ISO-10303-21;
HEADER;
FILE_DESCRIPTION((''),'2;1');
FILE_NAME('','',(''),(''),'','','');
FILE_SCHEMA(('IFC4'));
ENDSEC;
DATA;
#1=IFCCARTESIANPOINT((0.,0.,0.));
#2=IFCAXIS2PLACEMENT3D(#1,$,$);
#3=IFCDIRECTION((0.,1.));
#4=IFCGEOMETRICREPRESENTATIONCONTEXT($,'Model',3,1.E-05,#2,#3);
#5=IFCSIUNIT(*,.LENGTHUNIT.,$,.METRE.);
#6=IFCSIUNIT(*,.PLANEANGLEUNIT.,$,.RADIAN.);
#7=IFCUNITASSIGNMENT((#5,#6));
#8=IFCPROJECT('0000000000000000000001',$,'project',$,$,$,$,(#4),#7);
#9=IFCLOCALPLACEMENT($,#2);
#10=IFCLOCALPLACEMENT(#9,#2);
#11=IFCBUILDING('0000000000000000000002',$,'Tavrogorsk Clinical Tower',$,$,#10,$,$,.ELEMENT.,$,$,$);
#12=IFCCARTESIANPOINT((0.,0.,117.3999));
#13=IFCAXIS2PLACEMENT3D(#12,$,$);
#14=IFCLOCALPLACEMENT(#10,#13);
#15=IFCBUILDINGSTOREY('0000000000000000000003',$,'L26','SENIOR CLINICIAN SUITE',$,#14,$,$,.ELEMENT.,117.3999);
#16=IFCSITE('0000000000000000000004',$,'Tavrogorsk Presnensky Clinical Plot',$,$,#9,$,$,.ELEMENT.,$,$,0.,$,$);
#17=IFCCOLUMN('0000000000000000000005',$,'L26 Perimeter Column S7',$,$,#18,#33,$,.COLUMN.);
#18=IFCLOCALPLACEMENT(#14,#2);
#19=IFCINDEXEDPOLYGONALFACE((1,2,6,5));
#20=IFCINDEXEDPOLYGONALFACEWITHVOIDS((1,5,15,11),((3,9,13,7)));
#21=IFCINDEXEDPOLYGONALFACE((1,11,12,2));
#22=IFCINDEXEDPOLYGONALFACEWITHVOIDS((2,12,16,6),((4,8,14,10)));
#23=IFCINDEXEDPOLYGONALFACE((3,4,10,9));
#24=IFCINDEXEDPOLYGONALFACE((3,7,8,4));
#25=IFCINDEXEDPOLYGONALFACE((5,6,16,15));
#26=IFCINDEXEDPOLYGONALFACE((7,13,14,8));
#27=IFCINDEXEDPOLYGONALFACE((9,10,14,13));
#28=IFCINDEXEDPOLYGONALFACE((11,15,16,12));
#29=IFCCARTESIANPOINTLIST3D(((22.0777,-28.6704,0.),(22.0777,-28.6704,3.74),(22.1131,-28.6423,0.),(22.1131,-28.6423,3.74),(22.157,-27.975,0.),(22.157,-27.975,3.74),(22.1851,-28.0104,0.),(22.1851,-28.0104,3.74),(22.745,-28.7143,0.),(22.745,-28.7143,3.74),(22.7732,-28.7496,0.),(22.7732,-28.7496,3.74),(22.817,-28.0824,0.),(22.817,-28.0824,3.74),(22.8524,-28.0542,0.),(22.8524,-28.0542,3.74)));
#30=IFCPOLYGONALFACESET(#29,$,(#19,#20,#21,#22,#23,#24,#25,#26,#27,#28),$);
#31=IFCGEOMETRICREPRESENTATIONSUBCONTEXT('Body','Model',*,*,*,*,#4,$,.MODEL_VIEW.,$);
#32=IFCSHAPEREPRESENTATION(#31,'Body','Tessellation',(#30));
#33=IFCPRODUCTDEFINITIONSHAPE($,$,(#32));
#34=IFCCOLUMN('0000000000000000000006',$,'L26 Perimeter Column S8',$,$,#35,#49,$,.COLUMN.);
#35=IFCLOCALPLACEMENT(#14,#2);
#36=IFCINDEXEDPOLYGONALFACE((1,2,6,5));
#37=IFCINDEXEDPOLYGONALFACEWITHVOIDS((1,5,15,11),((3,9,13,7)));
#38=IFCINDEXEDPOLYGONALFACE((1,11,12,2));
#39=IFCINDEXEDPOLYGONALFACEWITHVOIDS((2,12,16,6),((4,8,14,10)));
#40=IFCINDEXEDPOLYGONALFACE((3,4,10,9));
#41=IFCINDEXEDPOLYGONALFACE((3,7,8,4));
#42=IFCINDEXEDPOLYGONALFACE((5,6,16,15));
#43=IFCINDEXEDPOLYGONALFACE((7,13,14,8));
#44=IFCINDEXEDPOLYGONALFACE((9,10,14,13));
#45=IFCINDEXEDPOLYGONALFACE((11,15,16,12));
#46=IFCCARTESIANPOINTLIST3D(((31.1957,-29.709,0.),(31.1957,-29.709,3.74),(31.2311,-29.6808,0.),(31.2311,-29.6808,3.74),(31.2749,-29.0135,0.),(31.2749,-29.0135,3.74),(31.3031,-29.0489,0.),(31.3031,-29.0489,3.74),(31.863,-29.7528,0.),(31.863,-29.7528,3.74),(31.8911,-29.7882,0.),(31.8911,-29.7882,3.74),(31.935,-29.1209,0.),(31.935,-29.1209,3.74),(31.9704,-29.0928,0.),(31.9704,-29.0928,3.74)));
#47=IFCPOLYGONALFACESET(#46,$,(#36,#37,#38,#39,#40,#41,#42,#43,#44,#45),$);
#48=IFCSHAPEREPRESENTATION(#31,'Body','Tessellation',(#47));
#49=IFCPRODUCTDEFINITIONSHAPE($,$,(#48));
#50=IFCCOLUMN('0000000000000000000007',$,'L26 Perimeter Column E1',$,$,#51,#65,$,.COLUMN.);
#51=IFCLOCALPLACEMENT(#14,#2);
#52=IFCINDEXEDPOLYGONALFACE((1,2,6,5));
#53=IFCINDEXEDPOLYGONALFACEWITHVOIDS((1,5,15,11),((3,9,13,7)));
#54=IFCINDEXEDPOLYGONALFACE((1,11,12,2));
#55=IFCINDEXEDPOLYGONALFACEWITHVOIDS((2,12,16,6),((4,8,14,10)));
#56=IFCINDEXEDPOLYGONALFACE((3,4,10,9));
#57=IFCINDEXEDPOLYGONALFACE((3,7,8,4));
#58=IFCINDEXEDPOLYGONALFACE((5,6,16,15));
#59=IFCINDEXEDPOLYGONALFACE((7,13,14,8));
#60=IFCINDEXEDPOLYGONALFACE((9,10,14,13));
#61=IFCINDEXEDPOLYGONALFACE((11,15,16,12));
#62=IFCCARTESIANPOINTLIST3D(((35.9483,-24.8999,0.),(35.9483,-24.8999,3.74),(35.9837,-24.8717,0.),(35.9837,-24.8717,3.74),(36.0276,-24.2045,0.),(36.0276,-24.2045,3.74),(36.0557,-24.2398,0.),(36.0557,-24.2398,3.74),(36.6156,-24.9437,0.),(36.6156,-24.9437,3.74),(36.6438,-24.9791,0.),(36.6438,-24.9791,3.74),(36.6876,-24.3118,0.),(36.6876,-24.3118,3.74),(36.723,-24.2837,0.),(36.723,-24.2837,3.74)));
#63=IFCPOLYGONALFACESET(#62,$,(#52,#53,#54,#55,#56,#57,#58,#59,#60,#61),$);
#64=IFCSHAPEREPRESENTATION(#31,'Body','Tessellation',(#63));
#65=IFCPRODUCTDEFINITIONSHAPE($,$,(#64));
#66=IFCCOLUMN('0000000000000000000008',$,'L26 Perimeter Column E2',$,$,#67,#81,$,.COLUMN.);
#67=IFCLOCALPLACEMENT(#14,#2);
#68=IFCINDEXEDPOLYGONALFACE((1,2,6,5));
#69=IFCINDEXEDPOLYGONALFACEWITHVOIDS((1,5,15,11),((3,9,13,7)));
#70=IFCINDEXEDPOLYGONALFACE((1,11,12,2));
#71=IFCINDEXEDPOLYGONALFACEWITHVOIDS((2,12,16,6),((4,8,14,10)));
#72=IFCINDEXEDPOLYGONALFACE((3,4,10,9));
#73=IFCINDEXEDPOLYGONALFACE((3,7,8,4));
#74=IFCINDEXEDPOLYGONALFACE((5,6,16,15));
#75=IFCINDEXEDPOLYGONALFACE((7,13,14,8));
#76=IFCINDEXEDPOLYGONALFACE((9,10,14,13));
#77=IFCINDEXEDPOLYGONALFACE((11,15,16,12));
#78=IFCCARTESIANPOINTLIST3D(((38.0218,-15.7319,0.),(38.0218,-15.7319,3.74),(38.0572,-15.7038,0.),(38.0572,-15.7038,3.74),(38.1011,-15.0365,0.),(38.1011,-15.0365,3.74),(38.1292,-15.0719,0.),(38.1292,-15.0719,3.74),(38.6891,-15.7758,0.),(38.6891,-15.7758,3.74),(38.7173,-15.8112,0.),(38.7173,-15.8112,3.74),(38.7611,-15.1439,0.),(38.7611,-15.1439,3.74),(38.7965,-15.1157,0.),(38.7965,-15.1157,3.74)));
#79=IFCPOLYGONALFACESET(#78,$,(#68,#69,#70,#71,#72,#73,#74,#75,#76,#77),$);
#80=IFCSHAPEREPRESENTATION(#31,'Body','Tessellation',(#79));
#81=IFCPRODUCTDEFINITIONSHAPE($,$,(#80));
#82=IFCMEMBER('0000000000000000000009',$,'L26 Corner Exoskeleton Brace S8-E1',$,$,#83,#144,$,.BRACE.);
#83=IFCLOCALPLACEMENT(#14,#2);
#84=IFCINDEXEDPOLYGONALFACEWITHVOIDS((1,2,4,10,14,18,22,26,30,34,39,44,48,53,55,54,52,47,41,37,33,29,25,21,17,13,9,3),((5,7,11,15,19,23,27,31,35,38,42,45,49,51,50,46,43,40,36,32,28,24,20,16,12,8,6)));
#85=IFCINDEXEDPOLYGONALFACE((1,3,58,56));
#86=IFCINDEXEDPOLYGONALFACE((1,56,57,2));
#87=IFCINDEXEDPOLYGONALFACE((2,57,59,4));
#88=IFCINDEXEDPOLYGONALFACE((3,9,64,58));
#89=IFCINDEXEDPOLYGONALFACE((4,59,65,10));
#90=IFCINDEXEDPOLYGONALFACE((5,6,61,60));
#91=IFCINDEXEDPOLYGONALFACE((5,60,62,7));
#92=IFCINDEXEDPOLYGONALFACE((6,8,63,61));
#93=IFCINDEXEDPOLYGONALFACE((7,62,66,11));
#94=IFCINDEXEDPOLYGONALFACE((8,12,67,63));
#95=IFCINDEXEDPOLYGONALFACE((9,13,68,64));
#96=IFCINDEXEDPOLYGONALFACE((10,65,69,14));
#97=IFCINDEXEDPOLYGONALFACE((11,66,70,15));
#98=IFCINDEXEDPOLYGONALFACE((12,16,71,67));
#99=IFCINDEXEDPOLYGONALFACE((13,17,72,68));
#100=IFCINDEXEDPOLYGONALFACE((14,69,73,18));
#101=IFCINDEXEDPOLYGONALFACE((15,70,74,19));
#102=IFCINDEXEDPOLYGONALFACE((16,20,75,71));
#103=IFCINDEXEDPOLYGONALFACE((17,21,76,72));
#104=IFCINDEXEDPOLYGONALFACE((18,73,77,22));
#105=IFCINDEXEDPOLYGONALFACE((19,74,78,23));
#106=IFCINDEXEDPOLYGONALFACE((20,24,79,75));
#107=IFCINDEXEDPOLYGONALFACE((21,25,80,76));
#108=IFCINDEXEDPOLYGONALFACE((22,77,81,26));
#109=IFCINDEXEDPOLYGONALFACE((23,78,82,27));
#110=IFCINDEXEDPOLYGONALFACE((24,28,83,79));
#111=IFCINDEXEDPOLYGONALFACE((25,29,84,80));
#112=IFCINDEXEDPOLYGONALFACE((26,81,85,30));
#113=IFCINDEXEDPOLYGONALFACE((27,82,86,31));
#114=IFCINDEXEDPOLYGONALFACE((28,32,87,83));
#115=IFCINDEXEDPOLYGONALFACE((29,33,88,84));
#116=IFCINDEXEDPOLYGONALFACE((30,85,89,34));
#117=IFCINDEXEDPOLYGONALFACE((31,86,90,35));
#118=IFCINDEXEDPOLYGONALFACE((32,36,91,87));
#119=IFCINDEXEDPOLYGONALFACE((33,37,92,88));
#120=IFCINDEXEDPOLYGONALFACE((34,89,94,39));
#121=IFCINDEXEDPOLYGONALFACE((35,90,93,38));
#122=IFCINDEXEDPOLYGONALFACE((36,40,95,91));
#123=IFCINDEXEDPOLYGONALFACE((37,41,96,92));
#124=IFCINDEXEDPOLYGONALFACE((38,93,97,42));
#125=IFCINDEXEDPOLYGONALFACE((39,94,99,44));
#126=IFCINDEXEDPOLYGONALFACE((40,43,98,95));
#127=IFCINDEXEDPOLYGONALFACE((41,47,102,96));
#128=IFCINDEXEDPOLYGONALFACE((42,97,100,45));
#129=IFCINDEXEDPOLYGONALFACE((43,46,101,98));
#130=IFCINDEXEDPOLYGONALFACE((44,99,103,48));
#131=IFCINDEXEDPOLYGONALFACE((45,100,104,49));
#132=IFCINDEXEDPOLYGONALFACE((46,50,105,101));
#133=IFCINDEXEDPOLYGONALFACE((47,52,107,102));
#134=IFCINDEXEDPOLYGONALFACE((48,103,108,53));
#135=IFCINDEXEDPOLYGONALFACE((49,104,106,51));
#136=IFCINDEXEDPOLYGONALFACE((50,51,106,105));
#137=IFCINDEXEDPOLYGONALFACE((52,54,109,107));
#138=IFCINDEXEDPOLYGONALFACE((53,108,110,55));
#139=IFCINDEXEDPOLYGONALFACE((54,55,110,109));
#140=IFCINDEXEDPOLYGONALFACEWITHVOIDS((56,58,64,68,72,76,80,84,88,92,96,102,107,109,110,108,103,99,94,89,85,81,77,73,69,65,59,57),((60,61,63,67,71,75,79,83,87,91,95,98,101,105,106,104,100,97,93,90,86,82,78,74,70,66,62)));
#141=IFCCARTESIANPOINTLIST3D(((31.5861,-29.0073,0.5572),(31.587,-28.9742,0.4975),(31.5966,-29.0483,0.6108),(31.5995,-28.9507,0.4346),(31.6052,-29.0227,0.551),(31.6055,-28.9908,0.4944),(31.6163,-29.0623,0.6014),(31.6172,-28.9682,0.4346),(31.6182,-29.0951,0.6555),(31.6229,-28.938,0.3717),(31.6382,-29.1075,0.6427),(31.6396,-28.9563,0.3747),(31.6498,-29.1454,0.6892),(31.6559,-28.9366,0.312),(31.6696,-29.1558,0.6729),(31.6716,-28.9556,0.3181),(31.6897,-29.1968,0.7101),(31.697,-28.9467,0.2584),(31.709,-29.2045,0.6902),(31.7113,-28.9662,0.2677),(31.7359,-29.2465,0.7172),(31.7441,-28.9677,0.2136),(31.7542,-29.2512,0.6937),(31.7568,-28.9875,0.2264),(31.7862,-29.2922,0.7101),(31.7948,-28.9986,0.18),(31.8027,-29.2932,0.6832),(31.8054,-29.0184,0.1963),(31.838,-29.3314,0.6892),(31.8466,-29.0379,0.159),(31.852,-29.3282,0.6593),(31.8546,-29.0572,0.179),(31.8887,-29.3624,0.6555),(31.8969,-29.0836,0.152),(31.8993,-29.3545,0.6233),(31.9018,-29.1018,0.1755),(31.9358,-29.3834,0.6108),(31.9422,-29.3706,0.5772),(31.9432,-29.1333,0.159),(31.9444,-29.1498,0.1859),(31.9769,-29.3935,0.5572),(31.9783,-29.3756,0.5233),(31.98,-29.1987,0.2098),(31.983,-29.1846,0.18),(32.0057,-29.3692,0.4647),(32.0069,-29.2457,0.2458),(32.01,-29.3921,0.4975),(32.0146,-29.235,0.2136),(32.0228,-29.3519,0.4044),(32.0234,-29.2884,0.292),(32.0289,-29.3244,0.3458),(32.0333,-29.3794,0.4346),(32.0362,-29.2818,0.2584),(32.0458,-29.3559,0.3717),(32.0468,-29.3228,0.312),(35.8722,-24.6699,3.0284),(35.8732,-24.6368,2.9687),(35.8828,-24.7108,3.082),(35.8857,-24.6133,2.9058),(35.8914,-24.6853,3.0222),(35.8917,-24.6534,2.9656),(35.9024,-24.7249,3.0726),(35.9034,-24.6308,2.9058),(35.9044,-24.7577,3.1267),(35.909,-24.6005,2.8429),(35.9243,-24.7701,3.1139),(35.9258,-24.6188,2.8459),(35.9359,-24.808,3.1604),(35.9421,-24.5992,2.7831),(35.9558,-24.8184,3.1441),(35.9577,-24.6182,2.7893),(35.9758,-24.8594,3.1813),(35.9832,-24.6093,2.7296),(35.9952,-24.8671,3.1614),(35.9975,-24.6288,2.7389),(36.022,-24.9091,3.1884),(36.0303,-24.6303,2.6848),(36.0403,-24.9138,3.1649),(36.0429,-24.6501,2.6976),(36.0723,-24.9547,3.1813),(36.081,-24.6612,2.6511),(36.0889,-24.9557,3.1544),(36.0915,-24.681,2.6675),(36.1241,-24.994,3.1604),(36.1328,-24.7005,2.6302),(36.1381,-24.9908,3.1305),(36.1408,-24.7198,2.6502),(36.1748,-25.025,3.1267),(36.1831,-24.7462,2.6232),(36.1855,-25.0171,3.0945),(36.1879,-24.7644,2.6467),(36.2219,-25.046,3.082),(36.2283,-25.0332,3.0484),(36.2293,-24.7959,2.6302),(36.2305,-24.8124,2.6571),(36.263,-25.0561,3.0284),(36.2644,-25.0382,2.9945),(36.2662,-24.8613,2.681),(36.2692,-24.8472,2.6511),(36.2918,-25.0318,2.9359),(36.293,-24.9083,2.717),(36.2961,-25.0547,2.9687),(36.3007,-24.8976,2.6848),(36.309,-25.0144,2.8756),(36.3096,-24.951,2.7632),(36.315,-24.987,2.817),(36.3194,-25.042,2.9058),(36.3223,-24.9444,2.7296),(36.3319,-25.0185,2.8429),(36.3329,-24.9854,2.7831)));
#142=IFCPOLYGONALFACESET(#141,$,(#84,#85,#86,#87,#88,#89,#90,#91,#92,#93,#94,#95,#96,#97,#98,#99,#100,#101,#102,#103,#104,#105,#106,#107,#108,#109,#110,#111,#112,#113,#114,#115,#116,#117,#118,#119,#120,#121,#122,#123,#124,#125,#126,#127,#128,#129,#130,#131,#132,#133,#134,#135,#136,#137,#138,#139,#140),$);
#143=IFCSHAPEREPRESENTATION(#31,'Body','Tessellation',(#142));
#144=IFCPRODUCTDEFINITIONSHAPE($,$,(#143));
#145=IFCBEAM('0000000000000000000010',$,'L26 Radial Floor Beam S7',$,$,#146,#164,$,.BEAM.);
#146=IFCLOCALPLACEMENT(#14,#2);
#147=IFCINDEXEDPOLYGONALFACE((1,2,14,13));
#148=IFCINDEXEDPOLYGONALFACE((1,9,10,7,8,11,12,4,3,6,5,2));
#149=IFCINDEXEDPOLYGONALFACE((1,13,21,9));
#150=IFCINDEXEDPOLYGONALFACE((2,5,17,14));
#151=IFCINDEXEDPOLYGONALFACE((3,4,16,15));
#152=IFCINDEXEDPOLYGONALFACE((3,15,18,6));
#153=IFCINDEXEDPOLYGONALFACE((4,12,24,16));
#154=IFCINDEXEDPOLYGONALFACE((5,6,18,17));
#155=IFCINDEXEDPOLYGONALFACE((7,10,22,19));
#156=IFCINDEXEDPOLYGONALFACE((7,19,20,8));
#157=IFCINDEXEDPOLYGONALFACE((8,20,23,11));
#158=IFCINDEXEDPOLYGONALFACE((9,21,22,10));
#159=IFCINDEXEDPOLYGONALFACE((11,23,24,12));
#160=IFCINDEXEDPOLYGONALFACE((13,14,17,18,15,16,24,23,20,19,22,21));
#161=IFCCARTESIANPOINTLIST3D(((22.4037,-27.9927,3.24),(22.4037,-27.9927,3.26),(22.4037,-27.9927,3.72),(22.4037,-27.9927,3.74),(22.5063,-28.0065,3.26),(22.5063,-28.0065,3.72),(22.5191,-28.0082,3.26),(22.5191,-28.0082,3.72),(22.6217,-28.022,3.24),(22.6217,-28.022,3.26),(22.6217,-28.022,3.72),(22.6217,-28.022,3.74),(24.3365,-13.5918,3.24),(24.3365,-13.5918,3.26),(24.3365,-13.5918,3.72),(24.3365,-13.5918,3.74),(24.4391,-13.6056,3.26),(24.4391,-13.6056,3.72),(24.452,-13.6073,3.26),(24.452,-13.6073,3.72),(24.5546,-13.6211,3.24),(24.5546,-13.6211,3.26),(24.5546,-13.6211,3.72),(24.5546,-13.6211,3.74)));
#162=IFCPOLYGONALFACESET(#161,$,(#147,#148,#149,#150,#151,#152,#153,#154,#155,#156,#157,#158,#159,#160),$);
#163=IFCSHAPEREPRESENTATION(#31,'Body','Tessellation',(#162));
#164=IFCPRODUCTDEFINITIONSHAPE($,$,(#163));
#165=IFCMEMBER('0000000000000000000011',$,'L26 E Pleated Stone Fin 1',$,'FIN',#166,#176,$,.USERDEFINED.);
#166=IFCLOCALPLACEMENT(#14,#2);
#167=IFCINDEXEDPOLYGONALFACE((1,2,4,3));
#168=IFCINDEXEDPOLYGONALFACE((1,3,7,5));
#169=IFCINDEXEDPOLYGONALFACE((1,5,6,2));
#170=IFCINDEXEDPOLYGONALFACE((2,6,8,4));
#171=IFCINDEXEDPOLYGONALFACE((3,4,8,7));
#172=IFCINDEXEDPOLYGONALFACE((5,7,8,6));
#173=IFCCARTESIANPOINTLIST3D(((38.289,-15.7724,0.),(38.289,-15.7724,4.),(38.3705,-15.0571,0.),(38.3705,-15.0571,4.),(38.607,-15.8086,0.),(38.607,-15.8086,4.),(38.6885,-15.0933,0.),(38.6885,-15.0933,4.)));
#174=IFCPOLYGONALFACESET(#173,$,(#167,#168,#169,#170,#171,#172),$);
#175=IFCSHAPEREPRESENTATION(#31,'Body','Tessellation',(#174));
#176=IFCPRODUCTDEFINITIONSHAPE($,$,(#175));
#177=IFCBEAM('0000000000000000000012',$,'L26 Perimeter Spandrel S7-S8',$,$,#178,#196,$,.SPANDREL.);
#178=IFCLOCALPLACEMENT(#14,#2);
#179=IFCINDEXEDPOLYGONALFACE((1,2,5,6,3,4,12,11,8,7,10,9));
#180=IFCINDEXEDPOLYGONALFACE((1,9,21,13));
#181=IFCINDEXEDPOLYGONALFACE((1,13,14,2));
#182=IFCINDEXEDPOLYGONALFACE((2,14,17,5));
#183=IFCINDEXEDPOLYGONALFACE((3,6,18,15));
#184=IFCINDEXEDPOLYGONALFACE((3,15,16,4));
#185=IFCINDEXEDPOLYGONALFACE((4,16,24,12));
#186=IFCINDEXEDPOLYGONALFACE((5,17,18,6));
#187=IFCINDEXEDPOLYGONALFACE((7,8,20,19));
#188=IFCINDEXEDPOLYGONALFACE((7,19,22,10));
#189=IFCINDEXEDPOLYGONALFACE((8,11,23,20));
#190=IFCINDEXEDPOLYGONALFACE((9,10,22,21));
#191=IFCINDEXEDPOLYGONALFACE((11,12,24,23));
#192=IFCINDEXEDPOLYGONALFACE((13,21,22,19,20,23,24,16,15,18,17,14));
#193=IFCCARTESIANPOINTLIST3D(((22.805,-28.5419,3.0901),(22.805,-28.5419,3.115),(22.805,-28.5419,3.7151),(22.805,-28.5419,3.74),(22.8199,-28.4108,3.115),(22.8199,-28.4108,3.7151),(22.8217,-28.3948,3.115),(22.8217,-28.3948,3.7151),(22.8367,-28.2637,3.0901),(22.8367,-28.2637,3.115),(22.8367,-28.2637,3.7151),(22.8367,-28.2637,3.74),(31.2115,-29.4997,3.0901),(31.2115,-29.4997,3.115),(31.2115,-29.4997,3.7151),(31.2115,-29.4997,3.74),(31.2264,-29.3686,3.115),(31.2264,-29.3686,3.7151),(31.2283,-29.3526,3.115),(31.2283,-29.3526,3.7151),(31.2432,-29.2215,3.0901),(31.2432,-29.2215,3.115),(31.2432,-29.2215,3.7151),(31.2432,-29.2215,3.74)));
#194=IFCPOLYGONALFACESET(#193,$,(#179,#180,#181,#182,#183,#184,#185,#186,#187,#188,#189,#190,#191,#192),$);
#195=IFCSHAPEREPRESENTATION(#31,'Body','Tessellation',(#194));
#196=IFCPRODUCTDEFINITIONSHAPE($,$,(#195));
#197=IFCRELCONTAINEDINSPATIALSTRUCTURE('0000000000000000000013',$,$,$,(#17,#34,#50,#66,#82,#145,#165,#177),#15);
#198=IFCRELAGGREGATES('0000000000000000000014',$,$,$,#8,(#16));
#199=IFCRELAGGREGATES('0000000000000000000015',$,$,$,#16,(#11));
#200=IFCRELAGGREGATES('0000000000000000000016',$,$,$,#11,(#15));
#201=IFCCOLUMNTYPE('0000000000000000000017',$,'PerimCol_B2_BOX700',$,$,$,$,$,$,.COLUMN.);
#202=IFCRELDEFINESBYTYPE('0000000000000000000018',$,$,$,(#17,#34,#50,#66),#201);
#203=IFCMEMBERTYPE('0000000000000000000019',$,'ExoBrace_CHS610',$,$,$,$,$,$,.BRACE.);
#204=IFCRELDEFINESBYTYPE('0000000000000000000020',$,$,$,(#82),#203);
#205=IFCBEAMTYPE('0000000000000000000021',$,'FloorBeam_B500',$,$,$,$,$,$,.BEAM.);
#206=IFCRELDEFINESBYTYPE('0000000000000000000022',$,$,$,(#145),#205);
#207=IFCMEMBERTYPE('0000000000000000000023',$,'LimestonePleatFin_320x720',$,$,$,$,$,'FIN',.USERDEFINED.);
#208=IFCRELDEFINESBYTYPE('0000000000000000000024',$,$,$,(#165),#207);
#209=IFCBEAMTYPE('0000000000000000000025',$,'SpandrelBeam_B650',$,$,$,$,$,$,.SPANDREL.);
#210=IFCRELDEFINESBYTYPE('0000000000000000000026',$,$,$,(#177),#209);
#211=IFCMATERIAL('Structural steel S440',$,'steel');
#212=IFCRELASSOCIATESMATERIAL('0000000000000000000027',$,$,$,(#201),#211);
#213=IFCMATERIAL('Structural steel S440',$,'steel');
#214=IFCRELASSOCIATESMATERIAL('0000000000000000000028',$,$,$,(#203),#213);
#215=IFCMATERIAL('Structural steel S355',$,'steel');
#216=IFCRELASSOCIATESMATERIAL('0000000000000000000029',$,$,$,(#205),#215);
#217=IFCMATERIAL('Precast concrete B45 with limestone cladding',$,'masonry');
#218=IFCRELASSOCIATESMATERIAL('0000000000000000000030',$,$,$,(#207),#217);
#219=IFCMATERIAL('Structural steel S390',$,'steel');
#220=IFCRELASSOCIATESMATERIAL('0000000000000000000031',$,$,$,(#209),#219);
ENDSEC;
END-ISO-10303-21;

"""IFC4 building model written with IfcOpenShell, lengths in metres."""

from ifc_helpers import new_model, si_unit, direction, frame, origin, origin_2d, place, context, subcontext, project, spatial, rectangle, hollow_rectangle, hollow_circle, i_section, extrude, material, material_profile, profile_set, type_object, element, save


model = new_model("IFC4")

# Units and contexts
model_context = context("Model", 3, precision=1e-05, world=origin(), true_north=direction((0.0, 1.0)))
body_context = subcontext(model_context, "Body", "Model", "MODEL_VIEW")
ifc_project = project(units=[si_unit("LENGTHUNIT", "METRE"), si_unit("PLANEANGLEUNIT", "RADIAN")], contexts=[model_context])

# Site, building, storey
site_placement = place(None, origin())
site = spatial("IfcSite", under=ifc_project, at=site_placement, Name="Tavrogorsk Presnensky Clinical Plot", CompositionType="ELEMENT", RefElevation=0.0)
building_placement = place(site_placement, origin())
building = spatial("IfcBuilding", under=site, at=building_placement, Name="Tavrogorsk Clinical Tower", CompositionType="ELEMENT")
storey_placement = place(building_placement, frame((0.0, 0.0, 117.3999)))
storey = spatial("IfcBuildingStorey", under=building, at=storey_placement, Name="L26", Description="SENIOR CLINICIAN SUITE", CompositionType="ELEMENT", Elevation=117.3999)

# Columns
ifc_material_1 = material(Name="Structural steel S440", Category="steel")
ifc_material_profile_1 = material_profile(ifc_material_1, hollow_rectangle(XDim=0.7, YDim=0.7, WallThickness=0.032, at=origin_2d()), Name="BOX-700x700x32")
ifc_profile_set_1 = profile_set([ifc_material_profile_1], Name="Structural steel S440")
column_type = type_object("IfcColumnType", Name="PerimCol_B2_BOX700", PredefinedType="COLUMN", material=ifc_profile_set_1)
for number, where, z_axis, x_axis, name in (
    (1, (22.4651, -28.3623, 0.0), (0.0, 0.0, 1.0), (0.993572, -0.113203, 0.0), "L26 Perimeter Column S7"),
    (2, (31.583, -29.4009, 0.0), (0.0, 0.0, 1.0), (0.993572, -0.113203, 0.0), "L26 Perimeter Column S8"),
    (3, (36.3357, -24.5918, 0.0), (0.0, 0.0, 1.0), (0.993572, -0.113203, 0.0), "L26 Perimeter Column E1"),
    (4, (38.4092, -15.4238, 0.0), (0.0, 0.0, 1.0), (0.993572, -0.113203, 0.0), "L26 Perimeter Column E2"),
):
    element("IfcColumn", number, at=place(storey_placement, frame(where, z_axis=z_axis, x_axis=x_axis)), inside=storey, type_object=column_type, Name=name, PredefinedType="COLUMN", context=body_context, shape_type="SweptSolid", body=[
        extrude(hollow_rectangle(XDim=0.7, YDim=0.7, WallThickness=0.032, at=origin_2d()), origin(), (0.0, 0.0, 1.0), 3.74),
    ])

# Member
ifc_material_2 = material(Name="Structural steel S440", Category="steel")
ifc_material_profile_2 = material_profile(ifc_material_2, hollow_circle(Radius=0.3049, WallThickness=0.0249, at=origin_2d()), Name="CHS-610x25")
ifc_profile_set_2 = profile_set([ifc_material_profile_2], Name="Structural steel S440")
member_type_1 = type_object("IfcMemberType", Name="ExoBrace_CHS610", PredefinedType="BRACE", material=ifc_profile_set_2)
member_1_placement = place(storey_placement, frame((31.8164, -29.165, 0.4346), z_axis=(0.65143, 0.659222, 0.375585), x_axis=(-0.711298, 0.70289, 0.0)))
element("IfcMember", 5, at=member_1_placement, inside=storey, type_object=member_type_1, Name="L26 Corner Exoskeleton Brace S8-E1", PredefinedType="BRACE", context=body_context, shape_type="SweptSolid", body=[
    extrude(hollow_circle(Radius=0.3049, WallThickness=0.0249, at=origin_2d()), origin(), (0.0, 0.0, 1.0), 6.5796),
])

# Beam
ifc_material_3 = material(Name="Structural steel S355", Category="steel")
ifc_material_profile_3 = material_profile(ifc_material_3, i_section(OverallWidth=0.22, OverallDepth=0.5, WebThickness=0.0129, FlangeThickness=0.02, at=origin_2d()), Name="B-500x220x13x20")
ifc_profile_set_3 = profile_set([ifc_material_profile_3], Name="Structural steel S355")
beam_type_1 = type_object("IfcBeamType", Name="FloorBeam_B500", PredefinedType="BEAM", material=ifc_profile_set_3)
beam_1_placement = place(storey_placement, frame((24.4456, -13.6064, 3.49), z_axis=(-0.133025, -0.991113, 0.0), x_axis=(0.991113, -0.133025, 0.0)))
element("IfcBeam", 6, at=beam_1_placement, inside=storey, type_object=beam_type_1, Name="L26 Radial Floor Beam S7", PredefinedType="BEAM", context=body_context, shape_type="SweptSolid", body=[
    extrude(i_section(OverallWidth=0.22, OverallDepth=0.5, WebThickness=0.0129, FlangeThickness=0.02, at=origin_2d()), origin(), (0.0, 0.0, 1.0), 14.53),
])

# Member
ifc_material_4 = material(Name="Precast concrete B45 with limestone cladding", Category="masonry")
ifc_material_profile_4 = material_profile(ifc_material_4, rectangle(XDim=0.3201, YDim=0.72, at=origin_2d()), Name="LIMESTONE-FIN-320x720")
ifc_profile_set_4 = profile_set([ifc_material_profile_4], Name="Precast concrete B45 with limestone cladding")
member_type_2 = type_object("IfcMemberType", Name="LimestonePleatFin_320x720", ElementType="FIN", PredefinedType="USERDEFINED", material=ifc_profile_set_4)
member_2_placement = place(storey_placement, frame((38.4888, -15.4329, 0.0), z_axis=(0.0, 0.0, 1.0), x_axis=(0.993572, -0.113203, 0.0)))
element("IfcMember", 7, at=member_2_placement, inside=storey, type_object=member_type_2, Name="L26 E Pleated Stone Fin 1", ObjectType="FIN", PredefinedType="USERDEFINED", context=body_context, shape_type="SweptSolid", body=[
    extrude(rectangle(XDim=0.3201, YDim=0.72, at=origin_2d()), origin(), (0.0, 0.0, 1.0), 4.0),
])

# Beam
ifc_material_5 = material(Name="Structural steel S390", Category="steel")
ifc_material_profile_5 = material_profile(ifc_material_5, i_section(OverallWidth=0.28, OverallDepth=0.6499, WebThickness=0.0161, FlangeThickness=0.0249, at=origin_2d()), Name="B-650x280x16x25")
ifc_profile_set_5 = profile_set([ifc_material_profile_5], Name="Structural steel S390")
beam_type_2 = type_object("IfcBeamType", Name="SpandrelBeam_B650", PredefinedType="SPANDREL", material=ifc_profile_set_5)
beam_2_placement = place(storey_placement, frame((22.8208, -28.4028, 3.415), z_axis=(0.993572, -0.113199, 0.0), x_axis=(0.113199, 0.993572, 0.0)))
element("IfcBeam", 8, at=beam_2_placement, inside=storey, type_object=beam_type_2, Name="L26 Perimeter Spandrel S7-S8", PredefinedType="SPANDREL", context=body_context, shape_type="SweptSolid", body=[
    extrude(i_section(OverallWidth=0.28, OverallDepth=0.6499, WebThickness=0.0161, FlangeThickness=0.0249, at=origin_2d()), origin(), (0.0, 0.0, 1.0), 8.4609),
])

save(model, "model.ifc")
